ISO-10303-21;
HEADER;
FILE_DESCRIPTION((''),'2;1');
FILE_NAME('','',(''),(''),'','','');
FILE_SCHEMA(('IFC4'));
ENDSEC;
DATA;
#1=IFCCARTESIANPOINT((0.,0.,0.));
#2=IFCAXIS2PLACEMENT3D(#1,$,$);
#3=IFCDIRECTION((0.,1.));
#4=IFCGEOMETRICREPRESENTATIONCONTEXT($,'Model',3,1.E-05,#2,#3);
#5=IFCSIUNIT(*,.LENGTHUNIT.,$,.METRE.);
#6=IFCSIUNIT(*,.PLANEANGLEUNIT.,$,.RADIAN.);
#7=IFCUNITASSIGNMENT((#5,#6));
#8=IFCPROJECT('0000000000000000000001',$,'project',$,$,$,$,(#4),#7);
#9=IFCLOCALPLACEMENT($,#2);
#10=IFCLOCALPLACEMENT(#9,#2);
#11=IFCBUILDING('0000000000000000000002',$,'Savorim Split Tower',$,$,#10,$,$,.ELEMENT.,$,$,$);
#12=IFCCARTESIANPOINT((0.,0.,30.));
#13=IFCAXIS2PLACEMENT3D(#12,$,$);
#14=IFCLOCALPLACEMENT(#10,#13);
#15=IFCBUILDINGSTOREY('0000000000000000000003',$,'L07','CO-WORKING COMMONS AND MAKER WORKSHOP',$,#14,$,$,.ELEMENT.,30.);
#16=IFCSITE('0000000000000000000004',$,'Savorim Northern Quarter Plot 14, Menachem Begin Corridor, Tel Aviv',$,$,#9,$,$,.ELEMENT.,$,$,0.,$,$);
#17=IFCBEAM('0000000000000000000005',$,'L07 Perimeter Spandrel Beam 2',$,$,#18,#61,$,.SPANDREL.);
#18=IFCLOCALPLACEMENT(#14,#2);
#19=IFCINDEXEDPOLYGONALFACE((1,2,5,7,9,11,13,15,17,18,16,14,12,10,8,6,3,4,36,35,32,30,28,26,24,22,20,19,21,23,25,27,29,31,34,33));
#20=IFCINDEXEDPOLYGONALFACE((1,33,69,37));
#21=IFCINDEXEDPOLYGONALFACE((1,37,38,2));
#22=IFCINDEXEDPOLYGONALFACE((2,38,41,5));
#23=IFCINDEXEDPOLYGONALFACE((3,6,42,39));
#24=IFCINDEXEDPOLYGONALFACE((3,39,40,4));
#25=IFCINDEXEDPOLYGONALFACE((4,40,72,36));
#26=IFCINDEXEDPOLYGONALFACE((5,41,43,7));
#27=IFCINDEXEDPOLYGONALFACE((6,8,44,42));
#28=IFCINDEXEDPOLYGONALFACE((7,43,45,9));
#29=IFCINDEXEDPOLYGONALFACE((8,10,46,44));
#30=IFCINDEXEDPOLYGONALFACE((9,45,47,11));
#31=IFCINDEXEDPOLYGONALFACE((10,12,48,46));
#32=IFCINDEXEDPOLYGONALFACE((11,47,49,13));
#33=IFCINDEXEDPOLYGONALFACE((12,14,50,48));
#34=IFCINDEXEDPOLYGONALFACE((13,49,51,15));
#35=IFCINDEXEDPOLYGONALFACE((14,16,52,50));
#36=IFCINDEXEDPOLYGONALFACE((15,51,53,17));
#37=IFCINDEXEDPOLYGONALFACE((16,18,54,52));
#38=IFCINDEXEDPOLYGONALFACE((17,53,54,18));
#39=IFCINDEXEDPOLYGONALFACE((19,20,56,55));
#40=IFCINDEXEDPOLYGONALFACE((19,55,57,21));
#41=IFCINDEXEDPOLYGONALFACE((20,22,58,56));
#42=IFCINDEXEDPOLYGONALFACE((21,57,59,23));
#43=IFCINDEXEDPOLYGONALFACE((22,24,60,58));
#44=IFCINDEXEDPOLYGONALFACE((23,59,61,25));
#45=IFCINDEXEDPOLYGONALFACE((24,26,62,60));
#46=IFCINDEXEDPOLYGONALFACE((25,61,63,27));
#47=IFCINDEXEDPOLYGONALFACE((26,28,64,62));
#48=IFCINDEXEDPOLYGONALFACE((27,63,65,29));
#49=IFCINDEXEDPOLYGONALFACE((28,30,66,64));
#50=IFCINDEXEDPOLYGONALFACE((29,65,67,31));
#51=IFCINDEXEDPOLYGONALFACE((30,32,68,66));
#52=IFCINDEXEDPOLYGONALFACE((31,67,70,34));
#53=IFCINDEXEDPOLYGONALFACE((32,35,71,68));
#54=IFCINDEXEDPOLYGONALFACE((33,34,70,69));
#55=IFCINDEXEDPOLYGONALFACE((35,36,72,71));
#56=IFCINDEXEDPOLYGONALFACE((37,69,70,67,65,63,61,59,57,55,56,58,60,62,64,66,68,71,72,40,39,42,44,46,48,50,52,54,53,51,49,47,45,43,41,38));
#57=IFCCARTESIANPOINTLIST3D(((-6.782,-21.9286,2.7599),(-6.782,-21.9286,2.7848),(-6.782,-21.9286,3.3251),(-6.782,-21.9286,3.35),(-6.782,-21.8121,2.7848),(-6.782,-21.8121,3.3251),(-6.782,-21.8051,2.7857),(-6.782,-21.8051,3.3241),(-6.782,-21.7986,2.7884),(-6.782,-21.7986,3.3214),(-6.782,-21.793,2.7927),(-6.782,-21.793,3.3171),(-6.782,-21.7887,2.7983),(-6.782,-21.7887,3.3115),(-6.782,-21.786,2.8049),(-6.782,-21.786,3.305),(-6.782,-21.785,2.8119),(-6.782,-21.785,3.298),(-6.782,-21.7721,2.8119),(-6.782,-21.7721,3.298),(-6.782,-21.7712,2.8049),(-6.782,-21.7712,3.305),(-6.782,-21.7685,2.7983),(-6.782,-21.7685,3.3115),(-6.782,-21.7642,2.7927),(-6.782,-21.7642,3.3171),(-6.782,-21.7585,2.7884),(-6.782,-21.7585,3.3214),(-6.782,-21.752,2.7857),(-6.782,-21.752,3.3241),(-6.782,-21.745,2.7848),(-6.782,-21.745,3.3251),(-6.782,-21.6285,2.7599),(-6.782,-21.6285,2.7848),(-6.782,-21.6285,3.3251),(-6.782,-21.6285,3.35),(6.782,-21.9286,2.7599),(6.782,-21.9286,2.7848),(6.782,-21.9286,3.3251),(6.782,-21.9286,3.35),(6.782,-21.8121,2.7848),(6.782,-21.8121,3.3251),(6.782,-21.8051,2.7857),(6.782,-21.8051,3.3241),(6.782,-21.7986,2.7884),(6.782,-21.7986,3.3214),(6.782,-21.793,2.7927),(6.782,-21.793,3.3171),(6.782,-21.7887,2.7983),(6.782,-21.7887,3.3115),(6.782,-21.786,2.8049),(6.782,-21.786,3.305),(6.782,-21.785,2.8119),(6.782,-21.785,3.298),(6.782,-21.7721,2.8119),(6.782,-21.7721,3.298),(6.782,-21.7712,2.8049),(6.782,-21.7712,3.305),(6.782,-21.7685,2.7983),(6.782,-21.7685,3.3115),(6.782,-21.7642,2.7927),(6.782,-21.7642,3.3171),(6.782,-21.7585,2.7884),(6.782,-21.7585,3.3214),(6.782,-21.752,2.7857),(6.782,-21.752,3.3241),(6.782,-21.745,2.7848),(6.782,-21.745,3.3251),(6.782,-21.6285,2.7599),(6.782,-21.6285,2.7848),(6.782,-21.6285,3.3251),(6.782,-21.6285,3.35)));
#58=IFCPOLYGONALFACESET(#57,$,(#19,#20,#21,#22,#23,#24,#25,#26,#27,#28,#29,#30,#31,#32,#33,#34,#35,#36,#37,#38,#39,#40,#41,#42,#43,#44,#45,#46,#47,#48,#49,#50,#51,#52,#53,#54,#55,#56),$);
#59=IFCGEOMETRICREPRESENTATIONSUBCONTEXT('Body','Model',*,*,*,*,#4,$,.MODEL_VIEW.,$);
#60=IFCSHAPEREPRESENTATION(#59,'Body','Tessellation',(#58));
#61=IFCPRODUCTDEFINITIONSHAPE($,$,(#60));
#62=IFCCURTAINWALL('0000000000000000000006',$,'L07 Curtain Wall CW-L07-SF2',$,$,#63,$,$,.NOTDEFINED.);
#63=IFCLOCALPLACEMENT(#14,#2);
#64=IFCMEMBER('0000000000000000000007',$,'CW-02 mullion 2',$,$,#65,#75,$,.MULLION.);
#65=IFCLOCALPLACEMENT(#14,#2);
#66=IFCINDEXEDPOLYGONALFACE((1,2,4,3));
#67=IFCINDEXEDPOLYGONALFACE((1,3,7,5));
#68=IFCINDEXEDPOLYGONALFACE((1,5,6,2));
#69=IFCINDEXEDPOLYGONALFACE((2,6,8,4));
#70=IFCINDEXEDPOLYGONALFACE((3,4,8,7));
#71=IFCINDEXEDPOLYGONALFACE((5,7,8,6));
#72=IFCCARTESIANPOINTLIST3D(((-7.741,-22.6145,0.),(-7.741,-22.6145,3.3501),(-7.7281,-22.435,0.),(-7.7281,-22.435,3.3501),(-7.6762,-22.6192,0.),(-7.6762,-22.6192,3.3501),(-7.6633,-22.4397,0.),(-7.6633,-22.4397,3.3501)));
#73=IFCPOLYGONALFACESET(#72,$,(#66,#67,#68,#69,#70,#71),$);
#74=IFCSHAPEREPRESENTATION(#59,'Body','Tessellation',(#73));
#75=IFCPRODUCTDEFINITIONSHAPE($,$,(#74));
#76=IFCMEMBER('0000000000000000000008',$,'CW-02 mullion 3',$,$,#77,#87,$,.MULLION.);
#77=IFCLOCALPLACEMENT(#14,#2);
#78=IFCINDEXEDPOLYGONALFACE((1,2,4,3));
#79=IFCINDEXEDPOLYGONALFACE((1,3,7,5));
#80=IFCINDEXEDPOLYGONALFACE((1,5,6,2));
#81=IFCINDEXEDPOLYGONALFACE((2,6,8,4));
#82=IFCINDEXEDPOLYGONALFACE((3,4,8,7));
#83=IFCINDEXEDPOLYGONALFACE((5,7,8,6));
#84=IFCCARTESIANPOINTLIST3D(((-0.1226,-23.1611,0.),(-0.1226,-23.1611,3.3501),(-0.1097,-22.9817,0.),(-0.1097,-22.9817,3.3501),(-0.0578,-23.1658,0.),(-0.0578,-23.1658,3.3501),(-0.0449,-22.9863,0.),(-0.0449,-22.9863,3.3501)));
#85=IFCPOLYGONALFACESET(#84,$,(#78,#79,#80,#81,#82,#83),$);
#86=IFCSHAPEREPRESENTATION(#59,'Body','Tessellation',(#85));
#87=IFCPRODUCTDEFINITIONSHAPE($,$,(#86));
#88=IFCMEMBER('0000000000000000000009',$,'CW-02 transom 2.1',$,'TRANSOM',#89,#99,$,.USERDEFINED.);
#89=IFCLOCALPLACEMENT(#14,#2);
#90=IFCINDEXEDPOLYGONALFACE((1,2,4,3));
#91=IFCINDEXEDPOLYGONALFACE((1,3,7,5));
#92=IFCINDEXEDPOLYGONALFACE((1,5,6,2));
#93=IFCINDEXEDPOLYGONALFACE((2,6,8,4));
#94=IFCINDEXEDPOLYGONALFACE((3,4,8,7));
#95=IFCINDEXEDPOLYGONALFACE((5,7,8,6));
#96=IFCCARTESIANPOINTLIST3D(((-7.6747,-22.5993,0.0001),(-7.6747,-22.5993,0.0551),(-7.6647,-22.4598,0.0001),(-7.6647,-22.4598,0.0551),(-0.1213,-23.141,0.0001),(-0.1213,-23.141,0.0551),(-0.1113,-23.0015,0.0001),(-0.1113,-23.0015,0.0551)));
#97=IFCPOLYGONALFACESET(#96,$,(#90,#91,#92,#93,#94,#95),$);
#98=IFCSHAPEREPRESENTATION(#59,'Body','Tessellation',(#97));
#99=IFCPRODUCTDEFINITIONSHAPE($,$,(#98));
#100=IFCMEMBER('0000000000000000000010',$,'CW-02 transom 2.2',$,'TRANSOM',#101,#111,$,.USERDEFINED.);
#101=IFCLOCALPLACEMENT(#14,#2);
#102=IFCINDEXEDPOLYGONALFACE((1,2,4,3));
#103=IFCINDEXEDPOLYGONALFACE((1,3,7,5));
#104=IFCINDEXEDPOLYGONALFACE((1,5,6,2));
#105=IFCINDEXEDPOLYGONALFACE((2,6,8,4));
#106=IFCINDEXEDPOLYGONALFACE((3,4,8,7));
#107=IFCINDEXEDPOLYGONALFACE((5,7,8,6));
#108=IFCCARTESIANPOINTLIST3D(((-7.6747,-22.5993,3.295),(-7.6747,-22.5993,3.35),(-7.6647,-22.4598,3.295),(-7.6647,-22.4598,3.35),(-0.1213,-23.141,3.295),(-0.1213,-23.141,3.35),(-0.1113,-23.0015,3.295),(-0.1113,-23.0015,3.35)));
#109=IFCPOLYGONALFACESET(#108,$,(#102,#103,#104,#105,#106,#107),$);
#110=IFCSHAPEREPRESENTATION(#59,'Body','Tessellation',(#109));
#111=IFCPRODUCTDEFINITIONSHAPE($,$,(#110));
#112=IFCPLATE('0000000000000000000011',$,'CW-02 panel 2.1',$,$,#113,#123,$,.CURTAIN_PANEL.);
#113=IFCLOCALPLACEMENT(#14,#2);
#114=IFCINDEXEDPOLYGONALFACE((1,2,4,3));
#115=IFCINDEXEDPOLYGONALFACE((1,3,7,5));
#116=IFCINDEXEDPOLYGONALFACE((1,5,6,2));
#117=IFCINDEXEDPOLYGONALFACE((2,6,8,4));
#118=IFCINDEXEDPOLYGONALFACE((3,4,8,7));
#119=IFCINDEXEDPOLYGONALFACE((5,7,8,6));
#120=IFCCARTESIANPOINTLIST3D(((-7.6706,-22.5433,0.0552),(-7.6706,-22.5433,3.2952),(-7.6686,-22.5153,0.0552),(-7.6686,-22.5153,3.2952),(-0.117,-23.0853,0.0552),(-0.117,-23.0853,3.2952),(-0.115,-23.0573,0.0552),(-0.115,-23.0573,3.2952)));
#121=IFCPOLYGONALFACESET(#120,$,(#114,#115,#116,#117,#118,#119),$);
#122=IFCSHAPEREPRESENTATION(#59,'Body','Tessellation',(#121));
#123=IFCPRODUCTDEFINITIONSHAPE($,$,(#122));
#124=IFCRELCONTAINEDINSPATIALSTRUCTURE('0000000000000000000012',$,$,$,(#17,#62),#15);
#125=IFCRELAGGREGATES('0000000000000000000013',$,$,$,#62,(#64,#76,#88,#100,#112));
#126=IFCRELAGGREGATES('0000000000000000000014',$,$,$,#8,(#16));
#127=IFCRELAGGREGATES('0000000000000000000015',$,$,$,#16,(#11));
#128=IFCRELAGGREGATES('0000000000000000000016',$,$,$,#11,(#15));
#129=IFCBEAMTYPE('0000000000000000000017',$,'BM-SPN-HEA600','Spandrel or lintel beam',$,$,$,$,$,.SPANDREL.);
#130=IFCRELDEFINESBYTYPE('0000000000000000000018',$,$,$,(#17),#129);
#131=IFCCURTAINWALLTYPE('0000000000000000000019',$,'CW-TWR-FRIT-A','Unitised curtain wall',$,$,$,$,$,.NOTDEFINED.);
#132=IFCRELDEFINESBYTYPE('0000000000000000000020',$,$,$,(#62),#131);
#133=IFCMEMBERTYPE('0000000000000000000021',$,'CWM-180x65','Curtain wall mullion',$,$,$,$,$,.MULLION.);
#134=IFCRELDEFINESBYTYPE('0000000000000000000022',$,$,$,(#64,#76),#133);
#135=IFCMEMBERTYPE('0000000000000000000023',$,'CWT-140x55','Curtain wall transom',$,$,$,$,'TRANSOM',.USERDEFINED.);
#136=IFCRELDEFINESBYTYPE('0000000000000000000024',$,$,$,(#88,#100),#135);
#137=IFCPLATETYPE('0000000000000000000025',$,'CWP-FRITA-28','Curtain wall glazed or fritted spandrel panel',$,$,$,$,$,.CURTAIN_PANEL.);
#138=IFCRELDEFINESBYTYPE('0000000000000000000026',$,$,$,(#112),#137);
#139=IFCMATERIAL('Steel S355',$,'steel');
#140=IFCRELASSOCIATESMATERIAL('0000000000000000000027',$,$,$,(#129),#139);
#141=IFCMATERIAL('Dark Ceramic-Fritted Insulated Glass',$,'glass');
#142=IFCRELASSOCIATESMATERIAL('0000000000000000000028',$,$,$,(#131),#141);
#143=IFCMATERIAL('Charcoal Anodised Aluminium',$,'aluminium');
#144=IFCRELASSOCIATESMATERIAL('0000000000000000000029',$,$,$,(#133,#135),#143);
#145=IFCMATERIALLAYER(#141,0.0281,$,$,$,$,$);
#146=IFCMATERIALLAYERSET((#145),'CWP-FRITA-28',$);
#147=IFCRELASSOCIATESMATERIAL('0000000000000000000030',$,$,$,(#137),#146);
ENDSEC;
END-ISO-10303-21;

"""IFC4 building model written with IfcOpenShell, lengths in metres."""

from ifc_helpers import new_model, si_unit, direction, frame, origin, origin_2d, place, context, subcontext, project, spatial, rectangle, i_section, extrude, material, layer, layer_set, material_profile, profile_set, type_object, element, aggregate, save


model = new_model("IFC4")

# Units and contexts
model_context = context("Model", 3, precision=1e-05, world=origin(), true_north=direction((0.0, 1.0)))
body_context = subcontext(model_context, "Body", "Model", "MODEL_VIEW")
ifc_project = project(units=[si_unit("LENGTHUNIT", "METRE"), si_unit("PLANEANGLEUNIT", "RADIAN")], contexts=[model_context])

# Site, building, storey
site_placement = place(None, origin())
site = spatial("IfcSite", under=ifc_project, at=site_placement, Name="Savorim Northern Quarter Plot 14, Menachem Begin Corridor, Tel Aviv", CompositionType="ELEMENT", RefElevation=0.0)
building_placement = place(site_placement, origin())
building = spatial("IfcBuilding", under=site, at=building_placement, Name="Savorim Split Tower", CompositionType="ELEMENT")
storey_placement = place(building_placement, frame((0.0, 0.0, 30.0)))
storey = spatial("IfcBuildingStorey", under=building, at=storey_placement, Name="L07", Description="CO-WORKING COMMONS AND MAKER WORKSHOP", CompositionType="ELEMENT", Elevation=30.0)

# Beam
ifc_material_1 = material(Name="Steel S355", Category="steel")
ifc_material_profile_1 = material_profile(ifc_material_1, i_section(OverallWidth=0.3, OverallDepth=0.5901, WebThickness=0.0129, FlangeThickness=0.0249, FilletRadius=0.0271, at=origin_2d()), Name="HEA 600")
ifc_profile_set_1 = profile_set([ifc_material_profile_1], Name="Steel S355")
beam_type_1 = type_object("IfcBeamType", Name="BM-SPN-HEA600", Description="Spandrel or lintel beam", PredefinedType="SPANDREL", material=ifc_profile_set_1)
beam_1_placement = place(storey_placement, frame((-6.782, -21.7786, 3.0549), z_axis=(1.0, 0.0, 0.0), x_axis=(0.0, 1.0, 0.0)))
element("IfcBeam", 1, at=beam_1_placement, inside=storey, type_object=beam_type_1, Name="L07 Perimeter Spandrel Beam 2", PredefinedType="SPANDREL", context=body_context, shape_type="SweptSolid", body=[
    extrude(i_section(OverallWidth=0.3, OverallDepth=0.5901, WebThickness=0.0129, FlangeThickness=0.0249, FilletRadius=0.0271, at=origin_2d()), origin(), (0.0, 0.0, 1.0), 13.564),
])

# Curtain wall, members, plate
ifc_material_2 = material(Name="Dark Ceramic-Fritted Insulated Glass", Category="glass")
curtain_wall_type = type_object("IfcCurtainWallType", Name="CW-TWR-FRIT-A", Description="Unitised curtain wall", PredefinedType="NOTDEFINED", material=ifc_material_2)
curtain_wall_placement = place(storey_placement, origin())
curtain_wall = element("IfcCurtainWall", 2, at=curtain_wall_placement, inside=storey, type_object=curtain_wall_type, Name="L07 Curtain Wall CW-L07-SF2", PredefinedType="NOTDEFINED")
ifc_material_3 = material(Name="Charcoal Anodised Aluminium", Category="aluminium")
ifc_material_profile_2 = material_profile(ifc_material_3, rectangle(XDim=0.1799, YDim=0.0649, at=origin_2d()), Name="ALU-M 180x65")
ifc_profile_set_2 = profile_set([ifc_material_profile_2], Name="Charcoal Anodised Aluminium")
member_type_1 = type_object("IfcMemberType", Name="CWM-180x65", Description="Curtain wall mullion", PredefinedType="MULLION", material=ifc_profile_set_2)
member_1_placement = place(storey_placement, frame((-7.7021, -22.5271, 0.0), z_axis=(0.0, 0.0, 1.0), x_axis=(0.07156, 0.997436, 0.0)))
member_1 = element("IfcMember", 3, at=member_1_placement, type_object=member_type_1, Name="CW-02 mullion 2", PredefinedType="MULLION", context=body_context, shape_type="SweptSolid", body=[
    extrude(rectangle(XDim=0.1799, YDim=0.0649, at=origin_2d()), origin(), (0.0, 0.0, 1.0), 3.3501),
])
member_2_placement = place(storey_placement, frame((-0.0837, -23.0737, 0.0), z_axis=(0.0, 0.0, 1.0), x_axis=(0.07156, 0.997436, 0.0)))
member_2 = element("IfcMember", 4, at=member_2_placement, type_object=member_type_1, Name="CW-02 mullion 3", PredefinedType="MULLION", context=body_context, shape_type="SweptSolid", body=[
    extrude(rectangle(XDim=0.1799, YDim=0.0649, at=origin_2d()), origin(), (0.0, 0.0, 1.0), 3.3501),
])
ifc_material_profile_3 = material_profile(ifc_material_3, rectangle(XDim=0.1399, YDim=0.0549, at=origin_2d()), Name="ALU-T 140x55")
ifc_profile_set_3 = profile_set([ifc_material_profile_3], Name="Charcoal Anodised Aluminium")
member_type_2 = type_object("IfcMemberType", Name="CWT-140x55", Description="Curtain wall transom", ElementType="TRANSOM", PredefinedType="USERDEFINED", material=ifc_profile_set_3)
member_3_placement = place(storey_placement, frame((-7.6697, -22.5295, 0.0276), z_axis=(0.997438, -0.071538, 0.0), x_axis=(0.071538, 0.997438, 0.0)))
member_3 = element("IfcMember", 5, at=member_3_placement, type_object=member_type_2, Name="CW-02 transom 2.1", ObjectType="TRANSOM", PredefinedType="USERDEFINED", context=body_context, shape_type="SweptSolid", body=[
    extrude(rectangle(XDim=0.1399, YDim=0.0549, at=origin_2d()), origin(), (0.0, 0.0, 1.0), 7.5728),
])
member_4_placement = place(storey_placement, frame((-7.6697, -22.5295, 3.3225), z_axis=(0.997438, -0.071538, 0.0), x_axis=(0.071538, 0.997438, 0.0)))
member_4 = element("IfcMember", 6, at=member_4_placement, type_object=member_type_2, Name="CW-02 transom 2.2", ObjectType="TRANSOM", PredefinedType="USERDEFINED", context=body_context, shape_type="SweptSolid", body=[
    extrude(rectangle(XDim=0.1399, YDim=0.0549, at=origin_2d()), origin(), (0.0, 0.0, 1.0), 7.5728),
])
ifc_layer_1 = layer(ifc_material_2, 0.0281)
ifc_layer_set_1 = layer_set([ifc_layer_1], Name="CWP-FRITA-28")
plate_type = type_object("IfcPlateType", Name="CWP-FRITA-28", Description="Curtain wall glazed or fritted spandrel panel", PredefinedType="CURTAIN_PANEL", material=ifc_layer_set_1)
plate_placement = place(storey_placement, frame((-3.8928, -22.8003, 0.0552), z_axis=(0.0, 0.0, 1.0), x_axis=(0.997436, -0.07156, 0.0)))
plate = element("IfcPlate", 7, at=plate_placement, type_object=plate_type, Name="CW-02 panel 2.1", PredefinedType="CURTAIN_PANEL", context=body_context, shape_type="SweptSolid", body=[
    extrude(rectangle(XDim=7.573, YDim=0.0281, at=origin_2d()), origin(), (0.0, 0.0, 1.0), 3.24),
])
aggregate(curtain_wall, [member_1, member_2, member_3, member_4, plate])

save(model, "model.ifc")
